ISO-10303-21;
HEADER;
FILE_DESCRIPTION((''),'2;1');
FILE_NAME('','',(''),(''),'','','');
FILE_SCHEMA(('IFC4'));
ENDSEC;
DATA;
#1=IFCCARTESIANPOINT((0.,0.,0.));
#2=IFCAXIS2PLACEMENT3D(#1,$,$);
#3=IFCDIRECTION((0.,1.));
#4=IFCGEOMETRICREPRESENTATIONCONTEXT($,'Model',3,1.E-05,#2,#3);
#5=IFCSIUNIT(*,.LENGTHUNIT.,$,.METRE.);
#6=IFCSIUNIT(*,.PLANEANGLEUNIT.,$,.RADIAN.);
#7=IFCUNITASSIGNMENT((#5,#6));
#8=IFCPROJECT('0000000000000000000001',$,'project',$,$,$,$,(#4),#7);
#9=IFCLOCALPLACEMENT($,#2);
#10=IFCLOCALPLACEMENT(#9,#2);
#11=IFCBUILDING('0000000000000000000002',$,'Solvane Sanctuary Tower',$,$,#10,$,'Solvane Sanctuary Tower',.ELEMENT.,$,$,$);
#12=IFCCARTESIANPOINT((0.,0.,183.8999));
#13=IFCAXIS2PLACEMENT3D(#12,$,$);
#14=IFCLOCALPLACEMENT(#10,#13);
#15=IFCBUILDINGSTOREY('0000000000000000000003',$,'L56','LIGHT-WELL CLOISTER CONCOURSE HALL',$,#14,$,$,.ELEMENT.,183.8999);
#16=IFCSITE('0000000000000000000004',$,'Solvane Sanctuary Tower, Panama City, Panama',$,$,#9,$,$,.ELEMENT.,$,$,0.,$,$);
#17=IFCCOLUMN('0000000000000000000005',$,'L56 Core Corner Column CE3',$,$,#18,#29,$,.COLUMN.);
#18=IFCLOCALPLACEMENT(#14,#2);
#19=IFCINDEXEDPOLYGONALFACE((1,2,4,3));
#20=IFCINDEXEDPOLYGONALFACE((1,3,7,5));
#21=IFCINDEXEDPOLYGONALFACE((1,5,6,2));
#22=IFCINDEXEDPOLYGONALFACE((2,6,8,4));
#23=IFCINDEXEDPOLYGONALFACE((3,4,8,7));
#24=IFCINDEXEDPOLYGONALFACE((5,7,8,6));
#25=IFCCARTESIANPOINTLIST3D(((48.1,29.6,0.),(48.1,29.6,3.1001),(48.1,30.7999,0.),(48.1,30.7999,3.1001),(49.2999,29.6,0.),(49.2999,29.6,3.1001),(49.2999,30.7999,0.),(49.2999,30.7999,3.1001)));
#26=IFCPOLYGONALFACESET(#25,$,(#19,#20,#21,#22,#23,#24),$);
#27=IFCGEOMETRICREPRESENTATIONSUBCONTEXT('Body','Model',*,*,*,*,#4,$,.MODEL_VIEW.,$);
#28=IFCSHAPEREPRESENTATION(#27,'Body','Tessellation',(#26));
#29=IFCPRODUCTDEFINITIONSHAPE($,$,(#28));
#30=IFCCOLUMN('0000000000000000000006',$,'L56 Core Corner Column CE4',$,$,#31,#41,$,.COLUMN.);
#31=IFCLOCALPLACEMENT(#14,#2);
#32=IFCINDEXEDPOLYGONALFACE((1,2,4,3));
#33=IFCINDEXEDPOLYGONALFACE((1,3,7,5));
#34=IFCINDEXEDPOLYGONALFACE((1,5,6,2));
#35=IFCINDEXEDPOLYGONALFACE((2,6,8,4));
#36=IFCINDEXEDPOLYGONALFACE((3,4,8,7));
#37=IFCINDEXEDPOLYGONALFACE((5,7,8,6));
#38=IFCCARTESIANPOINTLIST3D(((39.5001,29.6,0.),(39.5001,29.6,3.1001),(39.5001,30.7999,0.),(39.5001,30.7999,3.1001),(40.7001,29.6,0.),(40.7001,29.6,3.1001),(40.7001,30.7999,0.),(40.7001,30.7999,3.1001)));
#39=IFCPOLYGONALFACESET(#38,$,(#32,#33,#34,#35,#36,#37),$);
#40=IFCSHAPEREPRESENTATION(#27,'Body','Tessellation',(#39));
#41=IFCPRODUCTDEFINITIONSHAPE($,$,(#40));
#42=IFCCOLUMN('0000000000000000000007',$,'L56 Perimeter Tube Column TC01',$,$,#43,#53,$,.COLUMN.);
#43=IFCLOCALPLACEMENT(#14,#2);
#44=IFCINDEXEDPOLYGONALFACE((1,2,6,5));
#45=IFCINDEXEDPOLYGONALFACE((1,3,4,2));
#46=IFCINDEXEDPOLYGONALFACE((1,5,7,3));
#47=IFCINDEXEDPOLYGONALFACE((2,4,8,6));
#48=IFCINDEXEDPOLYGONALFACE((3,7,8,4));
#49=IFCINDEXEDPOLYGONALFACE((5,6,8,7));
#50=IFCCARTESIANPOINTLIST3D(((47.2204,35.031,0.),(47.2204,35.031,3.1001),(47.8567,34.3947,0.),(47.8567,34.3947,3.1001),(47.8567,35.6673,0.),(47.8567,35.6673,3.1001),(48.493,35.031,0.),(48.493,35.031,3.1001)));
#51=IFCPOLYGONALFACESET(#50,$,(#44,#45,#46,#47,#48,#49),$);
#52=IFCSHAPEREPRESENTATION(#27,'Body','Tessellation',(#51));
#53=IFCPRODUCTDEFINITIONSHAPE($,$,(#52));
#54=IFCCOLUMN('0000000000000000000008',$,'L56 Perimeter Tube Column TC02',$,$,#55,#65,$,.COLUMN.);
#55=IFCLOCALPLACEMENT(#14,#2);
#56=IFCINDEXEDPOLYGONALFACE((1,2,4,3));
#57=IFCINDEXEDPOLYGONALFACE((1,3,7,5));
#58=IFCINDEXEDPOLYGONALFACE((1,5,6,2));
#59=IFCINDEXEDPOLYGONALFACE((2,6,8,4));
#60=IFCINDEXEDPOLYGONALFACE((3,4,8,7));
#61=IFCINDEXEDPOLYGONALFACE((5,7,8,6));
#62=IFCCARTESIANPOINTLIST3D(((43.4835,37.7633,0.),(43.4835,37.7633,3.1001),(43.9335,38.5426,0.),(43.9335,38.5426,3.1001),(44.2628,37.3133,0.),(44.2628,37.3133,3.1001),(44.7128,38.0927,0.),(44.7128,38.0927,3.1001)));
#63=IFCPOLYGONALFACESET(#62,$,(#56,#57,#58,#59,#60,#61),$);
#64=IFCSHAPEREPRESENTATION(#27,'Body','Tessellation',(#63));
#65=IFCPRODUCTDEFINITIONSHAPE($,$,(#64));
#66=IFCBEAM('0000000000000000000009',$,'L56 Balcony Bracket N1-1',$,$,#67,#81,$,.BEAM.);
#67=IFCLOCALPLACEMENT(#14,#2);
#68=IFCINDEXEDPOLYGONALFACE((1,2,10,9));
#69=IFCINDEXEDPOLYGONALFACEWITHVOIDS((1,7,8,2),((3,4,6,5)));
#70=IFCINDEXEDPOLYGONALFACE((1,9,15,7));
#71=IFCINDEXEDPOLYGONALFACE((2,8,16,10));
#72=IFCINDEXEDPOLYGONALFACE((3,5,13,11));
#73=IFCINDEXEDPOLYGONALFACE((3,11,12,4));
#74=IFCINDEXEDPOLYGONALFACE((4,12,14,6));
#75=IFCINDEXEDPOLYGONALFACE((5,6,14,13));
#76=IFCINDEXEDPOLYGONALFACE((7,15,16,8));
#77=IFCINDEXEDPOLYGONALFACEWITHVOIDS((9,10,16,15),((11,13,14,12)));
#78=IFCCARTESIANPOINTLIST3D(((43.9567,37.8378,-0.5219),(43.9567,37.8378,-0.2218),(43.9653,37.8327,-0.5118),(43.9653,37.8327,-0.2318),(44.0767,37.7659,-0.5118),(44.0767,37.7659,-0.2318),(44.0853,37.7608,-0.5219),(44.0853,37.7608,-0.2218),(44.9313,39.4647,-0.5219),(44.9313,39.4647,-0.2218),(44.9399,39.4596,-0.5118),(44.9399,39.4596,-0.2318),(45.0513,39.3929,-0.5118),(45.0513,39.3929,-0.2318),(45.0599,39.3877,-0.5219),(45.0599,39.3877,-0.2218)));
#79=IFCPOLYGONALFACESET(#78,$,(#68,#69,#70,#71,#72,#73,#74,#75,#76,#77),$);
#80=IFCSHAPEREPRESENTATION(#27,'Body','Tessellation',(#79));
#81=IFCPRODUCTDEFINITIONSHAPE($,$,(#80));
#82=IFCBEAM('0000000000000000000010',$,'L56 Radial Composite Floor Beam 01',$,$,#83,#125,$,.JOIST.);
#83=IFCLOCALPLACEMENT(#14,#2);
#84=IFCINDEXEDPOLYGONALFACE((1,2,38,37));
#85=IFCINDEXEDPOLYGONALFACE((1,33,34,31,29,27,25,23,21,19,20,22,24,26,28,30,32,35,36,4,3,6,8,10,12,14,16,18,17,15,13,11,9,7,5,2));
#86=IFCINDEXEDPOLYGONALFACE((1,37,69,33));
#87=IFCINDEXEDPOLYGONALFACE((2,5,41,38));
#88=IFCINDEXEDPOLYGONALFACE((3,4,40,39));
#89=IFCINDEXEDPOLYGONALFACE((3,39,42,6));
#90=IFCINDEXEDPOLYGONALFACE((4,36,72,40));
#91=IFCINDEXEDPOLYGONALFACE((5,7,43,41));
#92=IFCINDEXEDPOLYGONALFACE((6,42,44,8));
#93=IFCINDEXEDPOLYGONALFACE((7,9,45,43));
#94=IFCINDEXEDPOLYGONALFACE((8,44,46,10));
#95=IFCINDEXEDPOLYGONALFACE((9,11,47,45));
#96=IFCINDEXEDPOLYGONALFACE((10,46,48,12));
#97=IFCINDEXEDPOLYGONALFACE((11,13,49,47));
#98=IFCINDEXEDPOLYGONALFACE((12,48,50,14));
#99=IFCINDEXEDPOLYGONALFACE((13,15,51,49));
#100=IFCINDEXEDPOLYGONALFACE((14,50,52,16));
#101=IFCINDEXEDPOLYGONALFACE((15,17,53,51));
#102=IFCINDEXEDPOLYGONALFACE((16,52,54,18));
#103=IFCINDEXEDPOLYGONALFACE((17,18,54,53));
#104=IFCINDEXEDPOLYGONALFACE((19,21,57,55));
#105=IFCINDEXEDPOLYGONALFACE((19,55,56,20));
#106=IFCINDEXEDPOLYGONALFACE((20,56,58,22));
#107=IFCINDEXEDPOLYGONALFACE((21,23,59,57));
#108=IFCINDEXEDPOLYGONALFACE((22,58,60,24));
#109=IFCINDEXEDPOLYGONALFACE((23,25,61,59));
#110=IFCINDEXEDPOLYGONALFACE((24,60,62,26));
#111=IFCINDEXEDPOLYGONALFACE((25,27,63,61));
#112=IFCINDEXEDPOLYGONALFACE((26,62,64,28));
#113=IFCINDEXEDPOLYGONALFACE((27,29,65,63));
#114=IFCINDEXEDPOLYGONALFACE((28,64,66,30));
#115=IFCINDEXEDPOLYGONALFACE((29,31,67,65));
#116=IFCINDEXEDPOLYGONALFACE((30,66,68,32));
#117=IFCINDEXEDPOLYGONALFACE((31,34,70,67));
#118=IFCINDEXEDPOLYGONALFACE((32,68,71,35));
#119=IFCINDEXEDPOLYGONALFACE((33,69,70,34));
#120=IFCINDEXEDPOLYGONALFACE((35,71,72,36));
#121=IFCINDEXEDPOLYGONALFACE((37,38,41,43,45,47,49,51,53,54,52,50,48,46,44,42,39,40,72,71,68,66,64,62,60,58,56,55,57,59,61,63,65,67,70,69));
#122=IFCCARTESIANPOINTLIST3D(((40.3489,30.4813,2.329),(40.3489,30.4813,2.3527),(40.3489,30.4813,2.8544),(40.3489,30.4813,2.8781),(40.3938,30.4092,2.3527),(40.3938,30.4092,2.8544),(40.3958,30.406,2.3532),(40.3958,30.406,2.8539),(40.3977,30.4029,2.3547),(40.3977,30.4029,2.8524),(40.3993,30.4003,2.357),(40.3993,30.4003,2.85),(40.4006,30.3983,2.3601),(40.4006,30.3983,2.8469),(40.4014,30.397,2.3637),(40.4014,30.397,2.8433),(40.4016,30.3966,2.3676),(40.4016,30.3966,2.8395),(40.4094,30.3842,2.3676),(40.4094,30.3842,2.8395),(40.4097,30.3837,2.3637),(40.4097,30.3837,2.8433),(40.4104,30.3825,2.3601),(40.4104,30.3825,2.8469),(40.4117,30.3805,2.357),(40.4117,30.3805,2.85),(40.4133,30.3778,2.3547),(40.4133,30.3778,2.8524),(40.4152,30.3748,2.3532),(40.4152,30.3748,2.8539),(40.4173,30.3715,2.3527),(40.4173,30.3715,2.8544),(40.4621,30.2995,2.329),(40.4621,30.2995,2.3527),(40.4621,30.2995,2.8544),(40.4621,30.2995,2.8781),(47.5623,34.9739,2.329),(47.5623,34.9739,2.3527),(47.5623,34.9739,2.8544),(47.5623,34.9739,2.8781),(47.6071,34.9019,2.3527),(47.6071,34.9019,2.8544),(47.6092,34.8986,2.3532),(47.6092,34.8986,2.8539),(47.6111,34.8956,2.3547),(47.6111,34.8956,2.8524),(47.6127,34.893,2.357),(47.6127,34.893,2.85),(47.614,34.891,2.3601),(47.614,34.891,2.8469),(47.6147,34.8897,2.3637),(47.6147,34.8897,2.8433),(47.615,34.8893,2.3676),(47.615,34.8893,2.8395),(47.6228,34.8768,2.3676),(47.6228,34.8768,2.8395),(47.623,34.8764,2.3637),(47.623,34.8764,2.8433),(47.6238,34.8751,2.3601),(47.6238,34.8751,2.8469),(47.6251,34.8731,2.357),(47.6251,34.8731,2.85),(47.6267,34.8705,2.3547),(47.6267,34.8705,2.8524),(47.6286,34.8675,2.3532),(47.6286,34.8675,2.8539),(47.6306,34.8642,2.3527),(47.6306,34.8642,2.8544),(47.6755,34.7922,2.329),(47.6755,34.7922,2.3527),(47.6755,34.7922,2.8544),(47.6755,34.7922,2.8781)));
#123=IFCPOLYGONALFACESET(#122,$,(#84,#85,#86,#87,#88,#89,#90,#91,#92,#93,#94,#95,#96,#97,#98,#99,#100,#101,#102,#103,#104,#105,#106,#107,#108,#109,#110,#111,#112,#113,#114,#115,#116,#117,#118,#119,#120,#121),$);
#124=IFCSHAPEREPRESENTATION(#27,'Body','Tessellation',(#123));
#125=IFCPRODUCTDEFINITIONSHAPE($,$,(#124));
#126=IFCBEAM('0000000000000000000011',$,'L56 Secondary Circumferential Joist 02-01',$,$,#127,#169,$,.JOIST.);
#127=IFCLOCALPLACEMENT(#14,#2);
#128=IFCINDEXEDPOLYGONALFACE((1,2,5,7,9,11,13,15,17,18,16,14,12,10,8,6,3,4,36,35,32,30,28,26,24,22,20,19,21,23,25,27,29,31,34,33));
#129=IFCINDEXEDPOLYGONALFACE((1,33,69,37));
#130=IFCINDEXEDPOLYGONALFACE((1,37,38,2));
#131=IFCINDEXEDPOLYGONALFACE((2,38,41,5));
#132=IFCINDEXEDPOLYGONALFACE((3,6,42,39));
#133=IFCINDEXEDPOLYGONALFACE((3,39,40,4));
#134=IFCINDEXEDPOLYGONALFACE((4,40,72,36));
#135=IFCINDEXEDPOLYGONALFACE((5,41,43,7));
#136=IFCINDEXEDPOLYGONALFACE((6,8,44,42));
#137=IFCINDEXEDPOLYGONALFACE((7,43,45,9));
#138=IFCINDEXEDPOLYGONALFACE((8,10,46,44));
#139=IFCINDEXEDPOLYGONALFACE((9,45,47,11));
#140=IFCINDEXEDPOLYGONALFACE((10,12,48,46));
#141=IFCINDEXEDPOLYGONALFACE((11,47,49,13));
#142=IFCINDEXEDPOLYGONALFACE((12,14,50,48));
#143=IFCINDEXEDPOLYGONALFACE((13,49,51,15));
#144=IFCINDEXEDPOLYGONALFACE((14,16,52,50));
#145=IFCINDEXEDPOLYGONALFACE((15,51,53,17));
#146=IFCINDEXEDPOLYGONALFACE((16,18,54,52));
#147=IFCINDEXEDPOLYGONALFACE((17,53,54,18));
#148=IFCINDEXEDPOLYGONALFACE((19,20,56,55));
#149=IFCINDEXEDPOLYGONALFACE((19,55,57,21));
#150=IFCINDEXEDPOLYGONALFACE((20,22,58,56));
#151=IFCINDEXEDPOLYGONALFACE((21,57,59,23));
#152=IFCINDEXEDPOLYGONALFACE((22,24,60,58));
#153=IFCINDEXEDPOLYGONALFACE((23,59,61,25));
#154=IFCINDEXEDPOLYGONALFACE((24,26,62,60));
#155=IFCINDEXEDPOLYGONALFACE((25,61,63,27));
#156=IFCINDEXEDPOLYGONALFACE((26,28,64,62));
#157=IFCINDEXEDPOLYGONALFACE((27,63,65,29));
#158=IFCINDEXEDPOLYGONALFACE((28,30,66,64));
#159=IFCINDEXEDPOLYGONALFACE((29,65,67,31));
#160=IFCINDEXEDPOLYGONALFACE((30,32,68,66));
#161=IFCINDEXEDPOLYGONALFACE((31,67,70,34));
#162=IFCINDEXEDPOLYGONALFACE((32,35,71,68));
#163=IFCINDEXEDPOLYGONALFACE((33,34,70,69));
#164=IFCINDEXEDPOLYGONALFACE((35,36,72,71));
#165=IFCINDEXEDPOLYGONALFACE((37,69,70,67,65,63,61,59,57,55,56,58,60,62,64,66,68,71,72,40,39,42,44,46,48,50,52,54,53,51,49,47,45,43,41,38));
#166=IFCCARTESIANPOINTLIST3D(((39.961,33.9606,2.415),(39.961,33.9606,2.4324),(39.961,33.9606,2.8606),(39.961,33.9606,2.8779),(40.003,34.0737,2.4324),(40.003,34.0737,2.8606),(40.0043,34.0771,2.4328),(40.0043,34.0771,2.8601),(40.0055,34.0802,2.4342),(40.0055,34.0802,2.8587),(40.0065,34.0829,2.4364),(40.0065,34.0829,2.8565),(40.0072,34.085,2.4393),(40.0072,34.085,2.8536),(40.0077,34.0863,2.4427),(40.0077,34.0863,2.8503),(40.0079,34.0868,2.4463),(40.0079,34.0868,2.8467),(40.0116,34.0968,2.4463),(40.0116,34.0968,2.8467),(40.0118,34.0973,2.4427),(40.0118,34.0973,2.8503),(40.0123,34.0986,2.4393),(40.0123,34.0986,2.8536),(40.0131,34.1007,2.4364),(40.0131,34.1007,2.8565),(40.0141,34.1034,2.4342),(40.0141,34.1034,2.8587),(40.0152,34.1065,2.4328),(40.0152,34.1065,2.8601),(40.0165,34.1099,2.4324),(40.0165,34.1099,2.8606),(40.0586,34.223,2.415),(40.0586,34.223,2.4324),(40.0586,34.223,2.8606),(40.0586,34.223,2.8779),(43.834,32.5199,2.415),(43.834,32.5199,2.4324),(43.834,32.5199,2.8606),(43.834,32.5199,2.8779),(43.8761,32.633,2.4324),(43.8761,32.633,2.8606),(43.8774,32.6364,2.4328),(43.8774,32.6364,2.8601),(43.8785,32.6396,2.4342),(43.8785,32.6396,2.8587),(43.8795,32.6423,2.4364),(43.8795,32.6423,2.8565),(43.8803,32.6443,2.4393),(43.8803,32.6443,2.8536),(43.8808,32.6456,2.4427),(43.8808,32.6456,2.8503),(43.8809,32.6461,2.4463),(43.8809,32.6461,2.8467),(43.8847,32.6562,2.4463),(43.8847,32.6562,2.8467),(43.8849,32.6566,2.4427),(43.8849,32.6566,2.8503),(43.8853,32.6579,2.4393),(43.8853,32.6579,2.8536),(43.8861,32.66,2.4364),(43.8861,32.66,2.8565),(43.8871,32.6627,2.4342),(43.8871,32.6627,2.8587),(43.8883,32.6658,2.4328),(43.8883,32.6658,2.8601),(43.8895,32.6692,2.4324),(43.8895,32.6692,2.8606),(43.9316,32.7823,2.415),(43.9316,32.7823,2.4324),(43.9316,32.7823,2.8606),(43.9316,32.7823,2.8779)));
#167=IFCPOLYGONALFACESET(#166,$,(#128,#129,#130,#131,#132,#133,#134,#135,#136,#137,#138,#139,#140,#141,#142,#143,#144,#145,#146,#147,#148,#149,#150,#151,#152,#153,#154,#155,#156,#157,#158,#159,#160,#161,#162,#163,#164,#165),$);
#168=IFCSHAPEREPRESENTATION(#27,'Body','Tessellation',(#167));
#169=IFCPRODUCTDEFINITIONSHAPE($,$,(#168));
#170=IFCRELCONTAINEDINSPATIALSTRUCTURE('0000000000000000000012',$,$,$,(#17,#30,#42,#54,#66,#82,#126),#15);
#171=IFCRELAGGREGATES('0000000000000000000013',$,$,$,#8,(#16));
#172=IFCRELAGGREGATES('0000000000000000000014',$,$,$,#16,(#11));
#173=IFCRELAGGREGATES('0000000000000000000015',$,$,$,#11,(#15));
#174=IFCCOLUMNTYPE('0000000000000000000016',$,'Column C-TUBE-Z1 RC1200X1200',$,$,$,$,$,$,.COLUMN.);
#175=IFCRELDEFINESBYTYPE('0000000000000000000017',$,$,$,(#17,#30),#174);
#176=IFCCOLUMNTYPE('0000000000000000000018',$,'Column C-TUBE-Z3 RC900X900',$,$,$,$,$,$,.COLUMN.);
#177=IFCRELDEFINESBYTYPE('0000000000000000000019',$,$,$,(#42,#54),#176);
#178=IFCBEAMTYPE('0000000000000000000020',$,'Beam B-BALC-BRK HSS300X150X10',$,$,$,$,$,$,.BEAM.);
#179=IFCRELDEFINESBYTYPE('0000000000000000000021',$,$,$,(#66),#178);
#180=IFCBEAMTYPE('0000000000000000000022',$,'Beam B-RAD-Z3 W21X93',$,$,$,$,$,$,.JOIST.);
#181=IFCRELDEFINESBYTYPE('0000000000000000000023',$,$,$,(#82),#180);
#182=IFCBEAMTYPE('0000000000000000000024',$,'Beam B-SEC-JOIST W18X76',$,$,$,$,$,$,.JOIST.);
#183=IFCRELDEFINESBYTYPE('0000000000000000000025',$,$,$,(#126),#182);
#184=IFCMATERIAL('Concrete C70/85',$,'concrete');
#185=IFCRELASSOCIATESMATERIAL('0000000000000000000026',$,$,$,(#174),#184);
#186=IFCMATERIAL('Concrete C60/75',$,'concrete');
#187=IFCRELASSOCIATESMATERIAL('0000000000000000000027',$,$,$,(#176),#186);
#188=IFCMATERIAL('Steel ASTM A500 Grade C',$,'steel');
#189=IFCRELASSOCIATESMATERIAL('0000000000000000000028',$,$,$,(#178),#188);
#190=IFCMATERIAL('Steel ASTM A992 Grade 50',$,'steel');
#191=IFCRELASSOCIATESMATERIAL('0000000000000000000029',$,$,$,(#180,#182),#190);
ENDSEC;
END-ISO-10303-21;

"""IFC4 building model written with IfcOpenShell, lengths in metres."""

from ifc_helpers import new_model, si_unit, direction, frame, origin, origin_2d, place, context, subcontext, project, spatial, rectangle, hollow_rectangle, i_section, extrude, material, material_profile, profile_set, type_object, element, save


model = new_model("IFC4")

# Units and contexts
model_context = context("Model", 3, precision=1e-05, world=origin(), true_north=direction((0.0, 1.0)))
body_context = subcontext(model_context, "Body", "Model", "MODEL_VIEW")
ifc_project = project(units=[si_unit("LENGTHUNIT", "METRE"), si_unit("PLANEANGLEUNIT", "RADIAN")], contexts=[model_context])

# Site, building, storey
site_placement = place(None, origin())
site = spatial("IfcSite", under=ifc_project, at=site_placement, Name="Solvane Sanctuary Tower, Panama City, Panama", CompositionType="ELEMENT", RefElevation=0.0)
building_placement = place(site_placement, origin())
building = spatial("IfcBuilding", under=site, at=building_placement, Name="Solvane Sanctuary Tower", LongName="Solvane Sanctuary Tower", CompositionType="ELEMENT")
storey_placement = place(building_placement, frame((0.0, 0.0, 183.8999)))
storey = spatial("IfcBuildingStorey", under=building, at=storey_placement, Name="L56", Description="LIGHT-WELL CLOISTER CONCOURSE HALL", CompositionType="ELEMENT", Elevation=183.8999)

# Columns
ifc_material_1 = material(Name="Concrete C70/85", Category="concrete")
ifc_material_profile_1 = material_profile(ifc_material_1, rectangle(XDim=1.2, YDim=1.2, at=origin_2d()), Name="RC1200X1200")
ifc_profile_set_1 = profile_set([ifc_material_profile_1], Name="Concrete C70/85")
column_type_1 = type_object("IfcColumnType", Name="Column C-TUBE-Z1 RC1200X1200", PredefinedType="COLUMN", material=ifc_profile_set_1)
for number, where, z_axis, x_axis, name in (
    (1, (48.7, 30.2, 0.0), (0.0, 0.0, 1.0), (1.0, 0.0, 0.0), "L56 Core Corner Column CE3"),
    (2, (40.1001, 30.2, 0.0), (0.0, 0.0, 1.0), (1.0, 0.0, 0.0), "L56 Core Corner Column CE4"),
):
    element("IfcColumn", number, at=place(storey_placement, frame(where, z_axis=z_axis, x_axis=x_axis)), inside=storey, type_object=column_type_1, Name=name, PredefinedType="COLUMN", context=body_context, shape_type="SweptSolid", body=[
        extrude(rectangle(XDim=1.2, YDim=1.2, at=origin_2d()), origin(), (0.0, 0.0, 1.0), 3.1001),
    ])
ifc_material_2 = material(Name="Concrete C60/75", Category="concrete")
ifc_material_profile_2 = material_profile(ifc_material_2, rectangle(XDim=0.8999, YDim=0.8999, at=origin_2d()), Name="RC900X900")
ifc_profile_set_2 = profile_set([ifc_material_profile_2], Name="Concrete C60/75")
column_type_2 = type_object("IfcColumnType", Name="Column C-TUBE-Z3 RC900X900", PredefinedType="COLUMN", material=ifc_profile_set_2)
for number, where, z_axis, x_axis, name in (
    (3, (47.8567, 35.031, 0.0), (0.0, 0.0, 1.0), (0.707107, 0.707107, 0.0), "L56 Perimeter Tube Column TC01"),
    (4, (44.0981, 37.928, 0.0), (0.0, 0.0, 1.0), (0.5, 0.866025, 0.0), "L56 Perimeter Tube Column TC02"),
):
    element("IfcColumn", number, at=place(storey_placement, frame(where, z_axis=z_axis, x_axis=x_axis)), inside=storey, type_object=column_type_2, Name=name, PredefinedType="COLUMN", context=body_context, shape_type="SweptSolid", body=[
        extrude(rectangle(XDim=0.8999, YDim=0.8999, at=origin_2d()), origin(), (0.0, 0.0, 1.0), 3.1001),
    ])

# Beams
ifc_material_3 = material(Name="Steel ASTM A500 Grade C", Category="steel")
ifc_material_profile_3 = material_profile(ifc_material_3, hollow_rectangle(XDim=0.1499, YDim=0.3, WallThickness=0.01, at=origin_2d()), Name="HSS300X150X10")
ifc_profile_set_3 = profile_set([ifc_material_profile_3], Name="Steel ASTM A500 Grade C")
beam_type_1 = type_object("IfcBeamType", Name="Beam B-BALC-BRK HSS300X150X10", PredefinedType="BEAM", material=ifc_profile_set_3)
beam_1_placement = place(storey_placement, frame((44.021, 37.7993, -0.3718), z_axis=(0.51389, 0.857856, 0.0), x_axis=(-0.857856, 0.51389, 0.0)))
element("IfcBeam", 5, at=beam_1_placement, inside=storey, type_object=beam_type_1, Name="L56 Balcony Bracket N1-1", PredefinedType="BEAM", context=body_context, shape_type="SweptSolid", body=[
    extrude(hollow_rectangle(XDim=0.1499, YDim=0.3, WallThickness=0.01, at=origin_2d()), origin(), (0.0, 0.0, 1.0), 1.8965),
])
ifc_material_4 = material(Name="Steel ASTM A992 Grade 50", Category="steel")
ifc_material_profile_4 = material_profile(ifc_material_4, i_section(OverallWidth=0.2141, OverallDepth=0.5491, WebThickness=0.0146, FlangeThickness=0.0237, FilletRadius=0.0149, at=origin_2d()), Name="W21X93")
ifc_profile_set_4 = profile_set([ifc_material_profile_4], Name="Steel ASTM A992 Grade 50")
beam_type_2 = type_object("IfcBeamType", Name="Beam B-RAD-Z3 W21X93", PredefinedType="JOIST", material=ifc_profile_set_4)
beam_2_placement = place(storey_placement, frame((40.4055, 30.3904, 2.6035), z_axis=(0.848827, 0.528671, 0.0), x_axis=(-0.528671, 0.848827, 0.0)))
element("IfcBeam", 6, at=beam_2_placement, inside=storey, type_object=beam_type_2, Name="L56 Radial Composite Floor Beam 01", PredefinedType="JOIST", context=body_context, shape_type="SweptSolid", body=[
    extrude(i_section(OverallWidth=0.2141, OverallDepth=0.5491, WebThickness=0.0146, FlangeThickness=0.0237, FilletRadius=0.0149, at=origin_2d()), origin(), (0.0, 0.0, 1.0), 8.498),
])
ifc_material_profile_5 = material_profile(ifc_material_4, i_section(OverallWidth=0.28, OverallDepth=0.4629, WebThickness=0.0107, FlangeThickness=0.0173, FilletRadius=0.0139, at=origin_2d()), Name="W18X76")
ifc_profile_set_5 = profile_set([ifc_material_profile_5], Name="Steel ASTM A992 Grade 50")
beam_type_3 = type_object("IfcBeamType", Name="Beam B-SEC-JOIST W18X76", PredefinedType="JOIST", material=ifc_profile_set_5)
beam_3_placement = place(storey_placement, frame((40.0098, 34.0918, 2.6465), z_axis=(0.937258, -0.348636, 0.0), x_axis=(0.348636, 0.937258, 0.0)))
element("IfcBeam", 7, at=beam_3_placement, inside=storey, type_object=beam_type_3, Name="L56 Secondary Circumferential Joist 02-01", PredefinedType="JOIST", context=body_context, shape_type="SweptSolid", body=[
    extrude(i_section(OverallWidth=0.28, OverallDepth=0.4629, WebThickness=0.0107, FlangeThickness=0.0173, FilletRadius=0.0139, at=origin_2d()), origin(), (0.0, 0.0, 1.0), 4.1323),
])

save(model, "model.ifc")
